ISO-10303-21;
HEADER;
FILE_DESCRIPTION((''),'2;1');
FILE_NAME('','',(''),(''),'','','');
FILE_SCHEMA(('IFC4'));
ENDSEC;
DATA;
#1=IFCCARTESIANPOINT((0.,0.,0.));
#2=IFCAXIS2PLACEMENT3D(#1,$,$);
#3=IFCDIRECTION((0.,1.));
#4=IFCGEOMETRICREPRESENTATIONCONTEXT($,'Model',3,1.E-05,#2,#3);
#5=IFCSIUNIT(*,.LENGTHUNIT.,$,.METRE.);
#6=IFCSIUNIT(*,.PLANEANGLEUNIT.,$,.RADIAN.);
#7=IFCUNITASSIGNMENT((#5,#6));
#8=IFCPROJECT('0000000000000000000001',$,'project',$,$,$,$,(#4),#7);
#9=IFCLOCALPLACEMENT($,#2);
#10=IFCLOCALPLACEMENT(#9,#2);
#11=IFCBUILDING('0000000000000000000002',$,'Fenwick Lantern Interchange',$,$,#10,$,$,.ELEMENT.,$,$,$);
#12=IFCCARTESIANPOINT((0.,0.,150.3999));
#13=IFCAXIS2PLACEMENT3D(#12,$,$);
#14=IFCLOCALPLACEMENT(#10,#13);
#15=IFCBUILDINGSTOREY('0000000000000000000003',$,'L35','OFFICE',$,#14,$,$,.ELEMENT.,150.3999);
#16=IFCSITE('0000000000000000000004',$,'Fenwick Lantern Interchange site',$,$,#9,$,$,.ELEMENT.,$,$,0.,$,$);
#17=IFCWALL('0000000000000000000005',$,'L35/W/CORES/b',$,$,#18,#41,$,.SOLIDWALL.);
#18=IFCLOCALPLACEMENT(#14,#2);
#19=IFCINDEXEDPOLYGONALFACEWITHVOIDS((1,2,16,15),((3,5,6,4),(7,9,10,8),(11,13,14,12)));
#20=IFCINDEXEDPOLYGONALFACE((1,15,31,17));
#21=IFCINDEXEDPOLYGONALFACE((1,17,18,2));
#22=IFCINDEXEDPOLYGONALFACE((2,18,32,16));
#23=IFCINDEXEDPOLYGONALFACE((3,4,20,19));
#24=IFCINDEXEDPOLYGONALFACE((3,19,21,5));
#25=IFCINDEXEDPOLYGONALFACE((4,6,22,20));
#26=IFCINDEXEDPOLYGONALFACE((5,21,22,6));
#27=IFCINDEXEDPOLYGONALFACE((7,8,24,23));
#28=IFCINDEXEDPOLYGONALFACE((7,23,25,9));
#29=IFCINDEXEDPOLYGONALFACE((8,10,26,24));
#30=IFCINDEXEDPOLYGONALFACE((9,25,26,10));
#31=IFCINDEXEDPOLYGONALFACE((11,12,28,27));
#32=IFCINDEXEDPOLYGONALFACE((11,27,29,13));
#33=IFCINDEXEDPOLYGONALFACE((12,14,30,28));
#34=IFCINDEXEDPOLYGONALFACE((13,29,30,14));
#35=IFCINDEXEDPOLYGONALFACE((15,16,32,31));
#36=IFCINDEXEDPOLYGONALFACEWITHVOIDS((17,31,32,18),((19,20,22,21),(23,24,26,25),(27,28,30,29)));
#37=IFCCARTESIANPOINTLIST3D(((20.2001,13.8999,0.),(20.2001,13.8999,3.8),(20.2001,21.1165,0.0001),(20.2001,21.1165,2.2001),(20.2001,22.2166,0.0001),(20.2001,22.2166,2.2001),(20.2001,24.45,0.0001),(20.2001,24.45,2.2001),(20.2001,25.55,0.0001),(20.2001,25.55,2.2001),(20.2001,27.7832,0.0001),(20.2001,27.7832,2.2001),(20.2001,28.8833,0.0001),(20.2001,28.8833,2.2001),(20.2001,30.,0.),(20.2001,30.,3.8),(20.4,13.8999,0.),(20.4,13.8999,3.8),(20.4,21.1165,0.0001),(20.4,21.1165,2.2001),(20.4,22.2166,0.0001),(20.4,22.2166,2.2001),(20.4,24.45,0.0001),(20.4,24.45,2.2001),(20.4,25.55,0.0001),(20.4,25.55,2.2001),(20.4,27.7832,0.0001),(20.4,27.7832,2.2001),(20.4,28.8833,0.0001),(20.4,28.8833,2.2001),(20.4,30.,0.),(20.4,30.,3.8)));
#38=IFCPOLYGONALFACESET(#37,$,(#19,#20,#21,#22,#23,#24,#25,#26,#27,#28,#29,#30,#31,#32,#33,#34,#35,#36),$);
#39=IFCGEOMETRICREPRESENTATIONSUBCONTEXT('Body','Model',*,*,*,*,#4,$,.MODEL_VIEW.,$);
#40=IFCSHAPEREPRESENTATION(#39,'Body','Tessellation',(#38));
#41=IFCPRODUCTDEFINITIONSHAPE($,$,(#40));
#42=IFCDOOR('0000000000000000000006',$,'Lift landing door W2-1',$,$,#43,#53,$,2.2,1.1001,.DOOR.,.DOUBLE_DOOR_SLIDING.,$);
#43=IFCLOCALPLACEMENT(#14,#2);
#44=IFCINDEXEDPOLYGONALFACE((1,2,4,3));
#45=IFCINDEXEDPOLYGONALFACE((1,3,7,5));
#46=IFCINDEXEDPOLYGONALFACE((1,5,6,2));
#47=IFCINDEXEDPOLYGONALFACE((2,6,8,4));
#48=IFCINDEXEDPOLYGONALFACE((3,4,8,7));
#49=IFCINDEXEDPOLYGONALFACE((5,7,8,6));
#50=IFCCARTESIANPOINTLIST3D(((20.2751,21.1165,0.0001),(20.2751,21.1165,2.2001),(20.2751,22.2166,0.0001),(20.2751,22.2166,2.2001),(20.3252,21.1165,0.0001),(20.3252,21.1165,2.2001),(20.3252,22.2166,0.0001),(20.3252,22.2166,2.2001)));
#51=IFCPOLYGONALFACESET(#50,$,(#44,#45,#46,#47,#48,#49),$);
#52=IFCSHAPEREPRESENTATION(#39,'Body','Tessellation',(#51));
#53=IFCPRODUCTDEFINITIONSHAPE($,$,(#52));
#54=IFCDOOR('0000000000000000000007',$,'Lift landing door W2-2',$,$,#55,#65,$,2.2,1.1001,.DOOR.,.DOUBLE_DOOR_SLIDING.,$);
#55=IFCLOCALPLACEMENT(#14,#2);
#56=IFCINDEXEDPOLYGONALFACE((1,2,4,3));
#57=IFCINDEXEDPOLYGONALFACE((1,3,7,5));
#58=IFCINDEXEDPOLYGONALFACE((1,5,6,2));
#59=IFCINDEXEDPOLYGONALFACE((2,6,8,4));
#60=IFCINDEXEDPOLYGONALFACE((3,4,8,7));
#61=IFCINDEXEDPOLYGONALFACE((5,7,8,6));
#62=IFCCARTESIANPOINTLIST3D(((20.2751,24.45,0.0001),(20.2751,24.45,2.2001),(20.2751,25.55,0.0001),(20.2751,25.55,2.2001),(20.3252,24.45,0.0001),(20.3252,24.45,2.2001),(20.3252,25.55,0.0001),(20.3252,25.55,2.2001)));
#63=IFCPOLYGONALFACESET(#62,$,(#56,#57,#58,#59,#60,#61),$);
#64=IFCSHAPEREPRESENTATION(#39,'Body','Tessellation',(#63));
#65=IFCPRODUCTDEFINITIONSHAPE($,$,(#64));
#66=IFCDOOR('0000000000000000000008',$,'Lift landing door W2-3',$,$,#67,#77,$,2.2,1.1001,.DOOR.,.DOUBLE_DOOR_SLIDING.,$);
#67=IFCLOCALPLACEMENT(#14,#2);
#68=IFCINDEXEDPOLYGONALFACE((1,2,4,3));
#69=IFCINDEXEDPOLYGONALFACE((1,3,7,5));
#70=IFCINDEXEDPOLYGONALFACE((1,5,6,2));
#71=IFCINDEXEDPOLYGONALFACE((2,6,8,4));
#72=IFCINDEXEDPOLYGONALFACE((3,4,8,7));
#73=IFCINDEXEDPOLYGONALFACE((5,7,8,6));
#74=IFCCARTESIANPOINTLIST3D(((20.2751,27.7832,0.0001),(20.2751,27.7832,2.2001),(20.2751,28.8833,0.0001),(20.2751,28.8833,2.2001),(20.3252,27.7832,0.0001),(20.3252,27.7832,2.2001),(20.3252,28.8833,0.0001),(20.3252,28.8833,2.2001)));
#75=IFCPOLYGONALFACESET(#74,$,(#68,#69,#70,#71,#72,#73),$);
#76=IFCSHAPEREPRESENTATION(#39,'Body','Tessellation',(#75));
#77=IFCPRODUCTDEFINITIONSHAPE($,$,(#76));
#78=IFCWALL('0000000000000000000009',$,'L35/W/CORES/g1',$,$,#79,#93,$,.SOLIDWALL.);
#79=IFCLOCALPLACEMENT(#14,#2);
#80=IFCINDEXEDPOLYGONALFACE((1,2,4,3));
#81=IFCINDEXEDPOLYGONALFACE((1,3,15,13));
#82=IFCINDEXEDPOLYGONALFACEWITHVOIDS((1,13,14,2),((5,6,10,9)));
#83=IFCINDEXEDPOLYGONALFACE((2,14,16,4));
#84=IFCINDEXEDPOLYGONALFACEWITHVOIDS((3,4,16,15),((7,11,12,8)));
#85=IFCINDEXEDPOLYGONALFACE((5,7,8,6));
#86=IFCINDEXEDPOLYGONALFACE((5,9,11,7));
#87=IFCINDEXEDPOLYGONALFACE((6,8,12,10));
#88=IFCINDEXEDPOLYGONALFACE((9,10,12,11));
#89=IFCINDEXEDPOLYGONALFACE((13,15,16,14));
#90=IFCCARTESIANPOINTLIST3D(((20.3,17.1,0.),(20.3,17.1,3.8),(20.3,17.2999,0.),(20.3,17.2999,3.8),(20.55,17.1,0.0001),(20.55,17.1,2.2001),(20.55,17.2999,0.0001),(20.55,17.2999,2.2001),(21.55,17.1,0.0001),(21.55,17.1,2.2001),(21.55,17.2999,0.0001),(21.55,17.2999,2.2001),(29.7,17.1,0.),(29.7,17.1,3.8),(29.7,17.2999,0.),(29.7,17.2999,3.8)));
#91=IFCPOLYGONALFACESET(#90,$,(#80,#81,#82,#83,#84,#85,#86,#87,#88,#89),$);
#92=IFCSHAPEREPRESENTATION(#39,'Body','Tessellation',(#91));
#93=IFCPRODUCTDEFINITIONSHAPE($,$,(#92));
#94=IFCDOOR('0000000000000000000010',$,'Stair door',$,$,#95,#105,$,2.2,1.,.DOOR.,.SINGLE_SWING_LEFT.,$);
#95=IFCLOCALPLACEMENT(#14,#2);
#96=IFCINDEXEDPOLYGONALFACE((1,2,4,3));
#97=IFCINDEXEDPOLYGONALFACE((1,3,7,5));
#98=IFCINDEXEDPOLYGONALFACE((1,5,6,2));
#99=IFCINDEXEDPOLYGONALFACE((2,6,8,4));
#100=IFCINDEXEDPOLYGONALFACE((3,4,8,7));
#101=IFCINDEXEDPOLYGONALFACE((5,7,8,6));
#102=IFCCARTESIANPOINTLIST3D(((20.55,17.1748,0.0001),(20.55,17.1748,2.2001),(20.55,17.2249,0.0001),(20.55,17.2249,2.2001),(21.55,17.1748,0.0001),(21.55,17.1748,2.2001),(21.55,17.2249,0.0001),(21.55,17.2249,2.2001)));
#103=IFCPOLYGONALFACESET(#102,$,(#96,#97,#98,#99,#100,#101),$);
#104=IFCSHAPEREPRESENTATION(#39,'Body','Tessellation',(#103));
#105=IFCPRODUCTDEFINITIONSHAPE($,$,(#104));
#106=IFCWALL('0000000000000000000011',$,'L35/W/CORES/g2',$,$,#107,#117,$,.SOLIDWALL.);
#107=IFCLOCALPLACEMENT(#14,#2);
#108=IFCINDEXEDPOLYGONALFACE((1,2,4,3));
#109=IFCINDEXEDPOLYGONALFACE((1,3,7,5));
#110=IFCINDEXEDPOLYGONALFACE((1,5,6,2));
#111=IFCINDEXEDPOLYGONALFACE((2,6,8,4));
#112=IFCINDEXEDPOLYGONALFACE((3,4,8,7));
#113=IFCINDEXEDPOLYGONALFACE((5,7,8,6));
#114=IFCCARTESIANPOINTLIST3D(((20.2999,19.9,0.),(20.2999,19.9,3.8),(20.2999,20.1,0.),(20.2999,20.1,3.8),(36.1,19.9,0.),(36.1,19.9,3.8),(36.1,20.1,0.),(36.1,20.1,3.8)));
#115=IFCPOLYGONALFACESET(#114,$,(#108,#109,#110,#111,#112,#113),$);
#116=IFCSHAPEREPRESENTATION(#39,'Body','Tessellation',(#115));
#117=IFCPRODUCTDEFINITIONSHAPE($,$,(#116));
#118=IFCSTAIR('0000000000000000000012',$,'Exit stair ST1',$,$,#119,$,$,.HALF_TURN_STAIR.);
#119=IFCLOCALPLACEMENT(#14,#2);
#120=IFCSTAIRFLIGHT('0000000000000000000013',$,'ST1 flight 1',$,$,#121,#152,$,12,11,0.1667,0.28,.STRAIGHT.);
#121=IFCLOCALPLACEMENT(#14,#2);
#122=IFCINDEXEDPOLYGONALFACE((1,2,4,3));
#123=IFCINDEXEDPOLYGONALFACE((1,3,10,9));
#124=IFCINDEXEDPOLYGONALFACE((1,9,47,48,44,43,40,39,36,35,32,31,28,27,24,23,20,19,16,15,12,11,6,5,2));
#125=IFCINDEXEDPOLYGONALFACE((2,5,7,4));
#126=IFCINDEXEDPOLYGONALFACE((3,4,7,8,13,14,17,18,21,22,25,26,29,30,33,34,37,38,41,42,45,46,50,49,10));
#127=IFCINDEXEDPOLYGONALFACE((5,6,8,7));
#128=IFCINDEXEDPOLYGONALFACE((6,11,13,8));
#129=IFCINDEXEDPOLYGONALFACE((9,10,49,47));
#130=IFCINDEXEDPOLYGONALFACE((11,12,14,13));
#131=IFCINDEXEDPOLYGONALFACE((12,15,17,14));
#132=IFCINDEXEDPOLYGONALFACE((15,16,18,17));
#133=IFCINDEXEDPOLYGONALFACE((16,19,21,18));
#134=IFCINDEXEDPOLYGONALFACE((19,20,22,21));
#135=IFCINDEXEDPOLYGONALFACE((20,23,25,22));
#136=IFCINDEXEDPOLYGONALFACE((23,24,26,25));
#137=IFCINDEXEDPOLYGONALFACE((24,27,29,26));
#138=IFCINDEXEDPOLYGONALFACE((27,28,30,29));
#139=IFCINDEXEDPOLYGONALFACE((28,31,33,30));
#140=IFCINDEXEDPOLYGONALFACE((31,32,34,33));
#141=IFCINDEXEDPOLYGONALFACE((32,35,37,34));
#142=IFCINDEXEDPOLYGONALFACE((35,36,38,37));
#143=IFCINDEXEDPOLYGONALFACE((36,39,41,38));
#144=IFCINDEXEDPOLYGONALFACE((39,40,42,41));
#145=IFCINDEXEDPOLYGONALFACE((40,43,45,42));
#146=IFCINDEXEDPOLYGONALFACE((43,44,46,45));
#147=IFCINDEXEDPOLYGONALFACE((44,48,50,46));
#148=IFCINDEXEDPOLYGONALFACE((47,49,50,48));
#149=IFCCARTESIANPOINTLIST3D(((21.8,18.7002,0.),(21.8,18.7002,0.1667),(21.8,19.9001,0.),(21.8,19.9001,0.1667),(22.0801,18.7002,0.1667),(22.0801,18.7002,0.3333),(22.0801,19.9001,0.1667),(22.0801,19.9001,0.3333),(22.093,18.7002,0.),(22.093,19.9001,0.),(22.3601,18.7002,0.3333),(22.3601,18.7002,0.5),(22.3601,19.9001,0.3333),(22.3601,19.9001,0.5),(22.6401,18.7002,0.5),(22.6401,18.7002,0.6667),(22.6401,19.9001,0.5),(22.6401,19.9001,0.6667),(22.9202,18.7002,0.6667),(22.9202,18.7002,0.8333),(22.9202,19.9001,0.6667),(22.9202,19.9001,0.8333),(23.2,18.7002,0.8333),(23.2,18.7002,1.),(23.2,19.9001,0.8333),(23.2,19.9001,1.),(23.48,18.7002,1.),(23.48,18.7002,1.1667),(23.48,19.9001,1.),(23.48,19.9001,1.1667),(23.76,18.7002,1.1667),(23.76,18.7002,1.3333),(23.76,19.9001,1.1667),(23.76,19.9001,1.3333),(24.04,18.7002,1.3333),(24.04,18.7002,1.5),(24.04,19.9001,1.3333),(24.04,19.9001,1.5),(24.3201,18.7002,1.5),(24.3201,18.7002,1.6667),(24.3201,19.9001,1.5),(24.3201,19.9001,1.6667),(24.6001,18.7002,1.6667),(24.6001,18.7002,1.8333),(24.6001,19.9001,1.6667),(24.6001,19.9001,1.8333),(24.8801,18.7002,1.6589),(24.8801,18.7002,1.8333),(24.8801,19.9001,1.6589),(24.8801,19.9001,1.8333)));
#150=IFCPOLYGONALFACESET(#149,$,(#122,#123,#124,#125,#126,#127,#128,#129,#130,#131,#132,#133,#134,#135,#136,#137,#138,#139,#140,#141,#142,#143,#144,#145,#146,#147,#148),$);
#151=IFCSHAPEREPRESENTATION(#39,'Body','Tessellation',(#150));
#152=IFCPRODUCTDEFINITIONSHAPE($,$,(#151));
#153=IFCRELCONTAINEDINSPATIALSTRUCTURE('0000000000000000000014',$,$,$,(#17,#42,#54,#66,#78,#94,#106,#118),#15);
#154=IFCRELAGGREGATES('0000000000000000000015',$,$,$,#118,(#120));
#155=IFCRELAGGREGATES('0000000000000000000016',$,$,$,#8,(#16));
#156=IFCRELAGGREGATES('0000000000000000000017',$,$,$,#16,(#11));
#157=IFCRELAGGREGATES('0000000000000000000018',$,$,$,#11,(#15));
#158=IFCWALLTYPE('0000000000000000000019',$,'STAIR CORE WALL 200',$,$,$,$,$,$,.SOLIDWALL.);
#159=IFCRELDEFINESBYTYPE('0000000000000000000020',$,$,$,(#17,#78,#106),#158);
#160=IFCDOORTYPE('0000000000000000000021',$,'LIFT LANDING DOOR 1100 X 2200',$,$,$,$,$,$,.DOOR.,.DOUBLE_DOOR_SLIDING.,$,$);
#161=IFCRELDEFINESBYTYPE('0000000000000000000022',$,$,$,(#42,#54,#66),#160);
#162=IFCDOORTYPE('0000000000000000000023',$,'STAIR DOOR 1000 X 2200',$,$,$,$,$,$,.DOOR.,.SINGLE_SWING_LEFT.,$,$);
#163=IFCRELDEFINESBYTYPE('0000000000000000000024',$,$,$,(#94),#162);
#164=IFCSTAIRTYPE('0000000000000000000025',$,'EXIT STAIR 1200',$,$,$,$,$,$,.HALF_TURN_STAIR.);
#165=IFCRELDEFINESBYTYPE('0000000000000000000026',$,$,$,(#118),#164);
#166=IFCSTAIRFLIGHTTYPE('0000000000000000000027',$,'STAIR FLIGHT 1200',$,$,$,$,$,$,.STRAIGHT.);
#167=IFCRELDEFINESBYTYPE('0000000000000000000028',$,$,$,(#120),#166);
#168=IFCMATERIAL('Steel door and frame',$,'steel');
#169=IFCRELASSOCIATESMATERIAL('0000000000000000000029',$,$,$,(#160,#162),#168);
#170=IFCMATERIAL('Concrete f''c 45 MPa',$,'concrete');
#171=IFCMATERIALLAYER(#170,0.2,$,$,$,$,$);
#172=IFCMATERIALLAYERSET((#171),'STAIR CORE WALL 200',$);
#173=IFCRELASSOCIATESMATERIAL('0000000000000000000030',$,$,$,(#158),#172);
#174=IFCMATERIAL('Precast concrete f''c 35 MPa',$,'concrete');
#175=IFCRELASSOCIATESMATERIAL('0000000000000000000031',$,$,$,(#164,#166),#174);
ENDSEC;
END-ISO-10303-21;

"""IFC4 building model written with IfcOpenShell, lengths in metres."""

from ifc_helpers import new_model, si_unit, direction, frame, frame_2d, origin, place, context, subcontext, project, spatial, polyline, rectangle, outline, extrude, material, layer, layer_set, type_object, element, fill, aggregate, save


model = new_model("IFC4")

# Units and contexts
model_context = context("Model", 3, precision=1e-05, world=origin(), true_north=direction((0.0, 1.0)))
body_context = subcontext(model_context, "Body", "Model", "MODEL_VIEW")
ifc_project = project(units=[si_unit("LENGTHUNIT", "METRE"), si_unit("PLANEANGLEUNIT", "RADIAN")], contexts=[model_context])

# Site, building, storey
site_placement = place(None, origin())
site = spatial("IfcSite", under=ifc_project, at=site_placement, Name="Fenwick Lantern Interchange site", CompositionType="ELEMENT", RefElevation=0.0)
building_placement = place(site_placement, origin())
building = spatial("IfcBuilding", under=site, at=building_placement, Name="Fenwick Lantern Interchange", CompositionType="ELEMENT")
storey_placement = place(building_placement, frame((0.0, 0.0, 150.3999)))
storey = spatial("IfcBuildingStorey", under=building, at=storey_placement, Name="L35", Description="OFFICE", CompositionType="ELEMENT", Elevation=150.3999)

# Shared definitions
ifc_material_1 = material(Name="Steel door and frame", Category="steel")

# Shared definitions
door_type_1 = type_object("IfcDoorType", Name="LIFT LANDING DOOR 1100 X 2200", OperationType="DOUBLE_DOOR_SLIDING", PredefinedType="DOOR", material=ifc_material_1)

# Wall, openings, doors
ifc_material_2 = material(Name="Concrete f'c 45 MPa", Category="concrete")
ifc_layer_1 = layer(ifc_material_2, 0.2)
ifc_layer_set_1 = layer_set([ifc_layer_1], Name="STAIR CORE WALL 200")
wall_type_1 = type_object("IfcWallType", Name="STAIR CORE WALL 200", PredefinedType="SOLIDWALL", material=ifc_layer_set_1)
wall_1_placement = place(storey_placement, frame((20.3, 13.8999, 0.0), z_axis=(0.0, 0.0, 1.0), x_axis=(0.0, 1.0, 0.0)))
wall_1 = element("IfcWall", 1, at=wall_1_placement, inside=storey, type_object=wall_type_1, Name="L35/W/CORES/b", PredefinedType="SOLIDWALL", context=body_context, shape_type="SweptSolid", body=[
    extrude(rectangle(XDim=16.1001, YDim=0.2, at=frame_2d((8.05, 0.0))), origin(), (0.0, 0.0, 1.0), 3.8),
])
opening_1_placement = place(wall_1_placement, frame((7.2166, 0.0, 0.0)))
opening_1 = element("IfcOpeningElement", 2, at=opening_1_placement, cuts=wall_1, PredefinedType="OPENING", context=body_context, shape_type="SweptSolid", body=[
    extrude(rectangle(XDim=1.1001, YDim=2.2, at=frame_2d((0.55, 1.1001))), frame((0.0, 0.1099, 0.0), z_axis=(0.0, -1.0, 0.0), x_axis=(1.0, 0.0, 0.0)), (0.0, 0.0, 1.0), 0.22),
])
opening_2_placement = place(wall_1_placement, frame((10.55, 0.0, 0.0)))
opening_2 = element("IfcOpeningElement", 3, at=opening_2_placement, cuts=wall_1, PredefinedType="OPENING", context=body_context, shape_type="SweptSolid", body=[
    extrude(rectangle(XDim=1.1001, YDim=2.2, at=frame_2d((0.55, 1.1001))), frame((0.0, 0.1099, 0.0), z_axis=(0.0, -1.0, 0.0), x_axis=(1.0, 0.0, 0.0)), (0.0, 0.0, 1.0), 0.22),
])
opening_3_placement = place(wall_1_placement, frame((13.8833, 0.0, 0.0)))
opening_3 = element("IfcOpeningElement", 4, at=opening_3_placement, cuts=wall_1, PredefinedType="OPENING", context=body_context, shape_type="SweptSolid", body=[
    extrude(rectangle(XDim=1.1001, YDim=2.2, at=frame_2d((0.55, 1.1001))), frame((0.0, 0.1099, 0.0), z_axis=(0.0, -1.0, 0.0), x_axis=(1.0, 0.0, 0.0)), (0.0, 0.0, 1.0), 0.22),
])
door_1_placement = place(opening_1_placement, origin())
door_1 = element("IfcDoor", 5, at=door_1_placement, inside=storey, type_object=door_type_1, Name="Lift landing door W2-1", OperationType="DOUBLE_DOOR_SLIDING", OverallHeight=2.2, OverallWidth=1.1001, PredefinedType="DOOR", context=body_context, shape_type="SweptSolid", body=[
    extrude(rectangle(XDim=1.1001, YDim=2.2, at=frame_2d((0.55, 1.1001))), frame((0.0, 0.0249, 0.0), z_axis=(0.0, -1.0, 0.0), x_axis=(1.0, 0.0, 0.0)), (0.0, 0.0, 1.0), 0.05),
])
fill(opening_1, door_1)
door_2_placement = place(opening_2_placement, origin())
door_2 = element("IfcDoor", 6, at=door_2_placement, inside=storey, type_object=door_type_1, Name="Lift landing door W2-2", OperationType="DOUBLE_DOOR_SLIDING", OverallHeight=2.2, OverallWidth=1.1001, PredefinedType="DOOR", context=body_context, shape_type="SweptSolid", body=[
    extrude(rectangle(XDim=1.1001, YDim=2.2, at=frame_2d((0.55, 1.1001))), frame((0.0, 0.0249, 0.0), z_axis=(0.0, -1.0, 0.0), x_axis=(1.0, 0.0, 0.0)), (0.0, 0.0, 1.0), 0.05),
])
fill(opening_2, door_2)
door_3_placement = place(opening_3_placement, origin())
door_3 = element("IfcDoor", 7, at=door_3_placement, inside=storey, type_object=door_type_1, Name="Lift landing door W2-3", OperationType="DOUBLE_DOOR_SLIDING", OverallHeight=2.2, OverallWidth=1.1001, PredefinedType="DOOR", context=body_context, shape_type="SweptSolid", body=[
    extrude(rectangle(XDim=1.1001, YDim=2.2, at=frame_2d((0.55, 1.1001))), frame((0.0, 0.0249, 0.0), z_axis=(0.0, -1.0, 0.0), x_axis=(1.0, 0.0, 0.0)), (0.0, 0.0, 1.0), 0.05),
])
fill(opening_3, door_3)

# Wall, opening, door
wall_2_placement = place(storey_placement, frame((20.3, 17.2, 0.0), z_axis=(0.0, 0.0, 1.0), x_axis=(1.0, 0.0, 0.0)))
wall_2 = element("IfcWall", 8, at=wall_2_placement, inside=storey, type_object=wall_type_1, Name="L35/W/CORES/g1", PredefinedType="SOLIDWALL", context=body_context, shape_type="SweptSolid", body=[
    extrude(rectangle(XDim=9.3999, YDim=0.2, at=frame_2d((4.7, 0.0))), origin(), (0.0, 0.0, 1.0), 3.8),
])
opening_4_placement = place(wall_2_placement, frame((0.25, 0.0, 0.0)))
opening_4 = element("IfcOpeningElement", 9, at=opening_4_placement, cuts=wall_2, PredefinedType="OPENING", context=body_context, shape_type="SweptSolid", body=[
    extrude(rectangle(XDim=1.0, YDim=2.2, at=frame_2d((0.5, 1.1001))), frame((0.0, 0.1099, 0.0), z_axis=(0.0, -1.0, 0.0), x_axis=(1.0, 0.0, 0.0)), (0.0, 0.0, 1.0), 0.22),
])
door_type_2 = type_object("IfcDoorType", Name="STAIR DOOR 1000 X 2200", OperationType="SINGLE_SWING_LEFT", PredefinedType="DOOR", material=ifc_material_1)
door_4_placement = place(opening_4_placement, origin())
door_4 = element("IfcDoor", 10, at=door_4_placement, inside=storey, type_object=door_type_2, Name="Stair door", OperationType="SINGLE_SWING_LEFT", OverallHeight=2.2, OverallWidth=1.0, PredefinedType="DOOR", context=body_context, shape_type="SweptSolid", body=[
    extrude(rectangle(XDim=1.0, YDim=2.2, at=frame_2d((0.5, 1.1001))), frame((0.0, 0.0249, 0.0), z_axis=(0.0, -1.0, 0.0), x_axis=(1.0, 0.0, 0.0)), (0.0, 0.0, 1.0), 0.05),
])
fill(opening_4, door_4)

# Wall
wall_3_placement = place(storey_placement, frame((20.3, 20.0, 0.0), z_axis=(0.0, 0.0, 1.0), x_axis=(1.0, 0.0, 0.0)))
element("IfcWall", 11, at=wall_3_placement, inside=storey, type_object=wall_type_1, Name="L35/W/CORES/g2", PredefinedType="SOLIDWALL", context=body_context, shape_type="SweptSolid", body=[
    extrude(rectangle(XDim=15.8, YDim=0.2, at=frame_2d((7.8999, 0.0))), origin(), (0.0, 0.0, 1.0), 3.8),
])

# Stair, stair flight
ifc_material_3 = material(Name="Precast concrete f'c 35 MPa", Category="concrete")
stair_type = type_object("IfcStairType", Name="EXIT STAIR 1200", PredefinedType="HALF_TURN_STAIR", material=ifc_material_3)
stair_placement = place(storey_placement, origin())
stair = element("IfcStair", 12, at=stair_placement, inside=storey, type_object=stair_type, Name="Exit stair ST1", PredefinedType="HALF_TURN_STAIR")
stair_flight_type = type_object("IfcStairFlightType", Name="STAIR FLIGHT 1200", PredefinedType="STRAIGHT", material=ifc_material_3)
stair_flight_1_placement = place(storey_placement, frame((21.8, 19.3, 0.0), z_axis=(0.0, 0.0, 1.0), x_axis=(1.0, 0.0, 0.0)))
stair_flight_1 = element("IfcStairFlight", 13, at=stair_flight_1_placement, type_object=stair_flight_type, Name="ST1 flight 1", NumberOfRisers=12, NumberOfTreads=11, PredefinedType="STRAIGHT", RiserHeight=0.1667, TreadLength=0.28, context=body_context, shape_type="SweptSolid", body=[
    extrude(outline(polyline([(0.0, 0.0), (0.0, 0.1667), (0.28, 0.1667), (0.28, 0.3333), (0.5601, 0.3333), (0.5601, 0.5), (0.8401, 0.5), (0.8401, 0.6667), (1.1201, 0.6667), (1.1201, 0.8333), (1.3999, 0.8333), (1.3999, 1.0), (1.6799, 1.0), (1.6799, 1.1667), (1.96, 1.1667), (1.96, 1.3333), (2.24, 1.3333), (2.24, 1.5), (2.52, 1.5), (2.52, 1.6667), (2.8, 1.6667), (2.8, 1.8333), (3.0801, 1.8333), (3.0801, 2.0), (3.0801, 1.6589), (0.293, 0.0), (0.0, 0.0)])), frame((0.0, 0.6001, 0.0), z_axis=(0.0, -1.0, 0.0), x_axis=(1.0, 0.0, 0.0)), (0.0, 0.0, 1.0), 1.2),
])
aggregate(stair, [stair_flight_1])

save(model, "model.ifc")
